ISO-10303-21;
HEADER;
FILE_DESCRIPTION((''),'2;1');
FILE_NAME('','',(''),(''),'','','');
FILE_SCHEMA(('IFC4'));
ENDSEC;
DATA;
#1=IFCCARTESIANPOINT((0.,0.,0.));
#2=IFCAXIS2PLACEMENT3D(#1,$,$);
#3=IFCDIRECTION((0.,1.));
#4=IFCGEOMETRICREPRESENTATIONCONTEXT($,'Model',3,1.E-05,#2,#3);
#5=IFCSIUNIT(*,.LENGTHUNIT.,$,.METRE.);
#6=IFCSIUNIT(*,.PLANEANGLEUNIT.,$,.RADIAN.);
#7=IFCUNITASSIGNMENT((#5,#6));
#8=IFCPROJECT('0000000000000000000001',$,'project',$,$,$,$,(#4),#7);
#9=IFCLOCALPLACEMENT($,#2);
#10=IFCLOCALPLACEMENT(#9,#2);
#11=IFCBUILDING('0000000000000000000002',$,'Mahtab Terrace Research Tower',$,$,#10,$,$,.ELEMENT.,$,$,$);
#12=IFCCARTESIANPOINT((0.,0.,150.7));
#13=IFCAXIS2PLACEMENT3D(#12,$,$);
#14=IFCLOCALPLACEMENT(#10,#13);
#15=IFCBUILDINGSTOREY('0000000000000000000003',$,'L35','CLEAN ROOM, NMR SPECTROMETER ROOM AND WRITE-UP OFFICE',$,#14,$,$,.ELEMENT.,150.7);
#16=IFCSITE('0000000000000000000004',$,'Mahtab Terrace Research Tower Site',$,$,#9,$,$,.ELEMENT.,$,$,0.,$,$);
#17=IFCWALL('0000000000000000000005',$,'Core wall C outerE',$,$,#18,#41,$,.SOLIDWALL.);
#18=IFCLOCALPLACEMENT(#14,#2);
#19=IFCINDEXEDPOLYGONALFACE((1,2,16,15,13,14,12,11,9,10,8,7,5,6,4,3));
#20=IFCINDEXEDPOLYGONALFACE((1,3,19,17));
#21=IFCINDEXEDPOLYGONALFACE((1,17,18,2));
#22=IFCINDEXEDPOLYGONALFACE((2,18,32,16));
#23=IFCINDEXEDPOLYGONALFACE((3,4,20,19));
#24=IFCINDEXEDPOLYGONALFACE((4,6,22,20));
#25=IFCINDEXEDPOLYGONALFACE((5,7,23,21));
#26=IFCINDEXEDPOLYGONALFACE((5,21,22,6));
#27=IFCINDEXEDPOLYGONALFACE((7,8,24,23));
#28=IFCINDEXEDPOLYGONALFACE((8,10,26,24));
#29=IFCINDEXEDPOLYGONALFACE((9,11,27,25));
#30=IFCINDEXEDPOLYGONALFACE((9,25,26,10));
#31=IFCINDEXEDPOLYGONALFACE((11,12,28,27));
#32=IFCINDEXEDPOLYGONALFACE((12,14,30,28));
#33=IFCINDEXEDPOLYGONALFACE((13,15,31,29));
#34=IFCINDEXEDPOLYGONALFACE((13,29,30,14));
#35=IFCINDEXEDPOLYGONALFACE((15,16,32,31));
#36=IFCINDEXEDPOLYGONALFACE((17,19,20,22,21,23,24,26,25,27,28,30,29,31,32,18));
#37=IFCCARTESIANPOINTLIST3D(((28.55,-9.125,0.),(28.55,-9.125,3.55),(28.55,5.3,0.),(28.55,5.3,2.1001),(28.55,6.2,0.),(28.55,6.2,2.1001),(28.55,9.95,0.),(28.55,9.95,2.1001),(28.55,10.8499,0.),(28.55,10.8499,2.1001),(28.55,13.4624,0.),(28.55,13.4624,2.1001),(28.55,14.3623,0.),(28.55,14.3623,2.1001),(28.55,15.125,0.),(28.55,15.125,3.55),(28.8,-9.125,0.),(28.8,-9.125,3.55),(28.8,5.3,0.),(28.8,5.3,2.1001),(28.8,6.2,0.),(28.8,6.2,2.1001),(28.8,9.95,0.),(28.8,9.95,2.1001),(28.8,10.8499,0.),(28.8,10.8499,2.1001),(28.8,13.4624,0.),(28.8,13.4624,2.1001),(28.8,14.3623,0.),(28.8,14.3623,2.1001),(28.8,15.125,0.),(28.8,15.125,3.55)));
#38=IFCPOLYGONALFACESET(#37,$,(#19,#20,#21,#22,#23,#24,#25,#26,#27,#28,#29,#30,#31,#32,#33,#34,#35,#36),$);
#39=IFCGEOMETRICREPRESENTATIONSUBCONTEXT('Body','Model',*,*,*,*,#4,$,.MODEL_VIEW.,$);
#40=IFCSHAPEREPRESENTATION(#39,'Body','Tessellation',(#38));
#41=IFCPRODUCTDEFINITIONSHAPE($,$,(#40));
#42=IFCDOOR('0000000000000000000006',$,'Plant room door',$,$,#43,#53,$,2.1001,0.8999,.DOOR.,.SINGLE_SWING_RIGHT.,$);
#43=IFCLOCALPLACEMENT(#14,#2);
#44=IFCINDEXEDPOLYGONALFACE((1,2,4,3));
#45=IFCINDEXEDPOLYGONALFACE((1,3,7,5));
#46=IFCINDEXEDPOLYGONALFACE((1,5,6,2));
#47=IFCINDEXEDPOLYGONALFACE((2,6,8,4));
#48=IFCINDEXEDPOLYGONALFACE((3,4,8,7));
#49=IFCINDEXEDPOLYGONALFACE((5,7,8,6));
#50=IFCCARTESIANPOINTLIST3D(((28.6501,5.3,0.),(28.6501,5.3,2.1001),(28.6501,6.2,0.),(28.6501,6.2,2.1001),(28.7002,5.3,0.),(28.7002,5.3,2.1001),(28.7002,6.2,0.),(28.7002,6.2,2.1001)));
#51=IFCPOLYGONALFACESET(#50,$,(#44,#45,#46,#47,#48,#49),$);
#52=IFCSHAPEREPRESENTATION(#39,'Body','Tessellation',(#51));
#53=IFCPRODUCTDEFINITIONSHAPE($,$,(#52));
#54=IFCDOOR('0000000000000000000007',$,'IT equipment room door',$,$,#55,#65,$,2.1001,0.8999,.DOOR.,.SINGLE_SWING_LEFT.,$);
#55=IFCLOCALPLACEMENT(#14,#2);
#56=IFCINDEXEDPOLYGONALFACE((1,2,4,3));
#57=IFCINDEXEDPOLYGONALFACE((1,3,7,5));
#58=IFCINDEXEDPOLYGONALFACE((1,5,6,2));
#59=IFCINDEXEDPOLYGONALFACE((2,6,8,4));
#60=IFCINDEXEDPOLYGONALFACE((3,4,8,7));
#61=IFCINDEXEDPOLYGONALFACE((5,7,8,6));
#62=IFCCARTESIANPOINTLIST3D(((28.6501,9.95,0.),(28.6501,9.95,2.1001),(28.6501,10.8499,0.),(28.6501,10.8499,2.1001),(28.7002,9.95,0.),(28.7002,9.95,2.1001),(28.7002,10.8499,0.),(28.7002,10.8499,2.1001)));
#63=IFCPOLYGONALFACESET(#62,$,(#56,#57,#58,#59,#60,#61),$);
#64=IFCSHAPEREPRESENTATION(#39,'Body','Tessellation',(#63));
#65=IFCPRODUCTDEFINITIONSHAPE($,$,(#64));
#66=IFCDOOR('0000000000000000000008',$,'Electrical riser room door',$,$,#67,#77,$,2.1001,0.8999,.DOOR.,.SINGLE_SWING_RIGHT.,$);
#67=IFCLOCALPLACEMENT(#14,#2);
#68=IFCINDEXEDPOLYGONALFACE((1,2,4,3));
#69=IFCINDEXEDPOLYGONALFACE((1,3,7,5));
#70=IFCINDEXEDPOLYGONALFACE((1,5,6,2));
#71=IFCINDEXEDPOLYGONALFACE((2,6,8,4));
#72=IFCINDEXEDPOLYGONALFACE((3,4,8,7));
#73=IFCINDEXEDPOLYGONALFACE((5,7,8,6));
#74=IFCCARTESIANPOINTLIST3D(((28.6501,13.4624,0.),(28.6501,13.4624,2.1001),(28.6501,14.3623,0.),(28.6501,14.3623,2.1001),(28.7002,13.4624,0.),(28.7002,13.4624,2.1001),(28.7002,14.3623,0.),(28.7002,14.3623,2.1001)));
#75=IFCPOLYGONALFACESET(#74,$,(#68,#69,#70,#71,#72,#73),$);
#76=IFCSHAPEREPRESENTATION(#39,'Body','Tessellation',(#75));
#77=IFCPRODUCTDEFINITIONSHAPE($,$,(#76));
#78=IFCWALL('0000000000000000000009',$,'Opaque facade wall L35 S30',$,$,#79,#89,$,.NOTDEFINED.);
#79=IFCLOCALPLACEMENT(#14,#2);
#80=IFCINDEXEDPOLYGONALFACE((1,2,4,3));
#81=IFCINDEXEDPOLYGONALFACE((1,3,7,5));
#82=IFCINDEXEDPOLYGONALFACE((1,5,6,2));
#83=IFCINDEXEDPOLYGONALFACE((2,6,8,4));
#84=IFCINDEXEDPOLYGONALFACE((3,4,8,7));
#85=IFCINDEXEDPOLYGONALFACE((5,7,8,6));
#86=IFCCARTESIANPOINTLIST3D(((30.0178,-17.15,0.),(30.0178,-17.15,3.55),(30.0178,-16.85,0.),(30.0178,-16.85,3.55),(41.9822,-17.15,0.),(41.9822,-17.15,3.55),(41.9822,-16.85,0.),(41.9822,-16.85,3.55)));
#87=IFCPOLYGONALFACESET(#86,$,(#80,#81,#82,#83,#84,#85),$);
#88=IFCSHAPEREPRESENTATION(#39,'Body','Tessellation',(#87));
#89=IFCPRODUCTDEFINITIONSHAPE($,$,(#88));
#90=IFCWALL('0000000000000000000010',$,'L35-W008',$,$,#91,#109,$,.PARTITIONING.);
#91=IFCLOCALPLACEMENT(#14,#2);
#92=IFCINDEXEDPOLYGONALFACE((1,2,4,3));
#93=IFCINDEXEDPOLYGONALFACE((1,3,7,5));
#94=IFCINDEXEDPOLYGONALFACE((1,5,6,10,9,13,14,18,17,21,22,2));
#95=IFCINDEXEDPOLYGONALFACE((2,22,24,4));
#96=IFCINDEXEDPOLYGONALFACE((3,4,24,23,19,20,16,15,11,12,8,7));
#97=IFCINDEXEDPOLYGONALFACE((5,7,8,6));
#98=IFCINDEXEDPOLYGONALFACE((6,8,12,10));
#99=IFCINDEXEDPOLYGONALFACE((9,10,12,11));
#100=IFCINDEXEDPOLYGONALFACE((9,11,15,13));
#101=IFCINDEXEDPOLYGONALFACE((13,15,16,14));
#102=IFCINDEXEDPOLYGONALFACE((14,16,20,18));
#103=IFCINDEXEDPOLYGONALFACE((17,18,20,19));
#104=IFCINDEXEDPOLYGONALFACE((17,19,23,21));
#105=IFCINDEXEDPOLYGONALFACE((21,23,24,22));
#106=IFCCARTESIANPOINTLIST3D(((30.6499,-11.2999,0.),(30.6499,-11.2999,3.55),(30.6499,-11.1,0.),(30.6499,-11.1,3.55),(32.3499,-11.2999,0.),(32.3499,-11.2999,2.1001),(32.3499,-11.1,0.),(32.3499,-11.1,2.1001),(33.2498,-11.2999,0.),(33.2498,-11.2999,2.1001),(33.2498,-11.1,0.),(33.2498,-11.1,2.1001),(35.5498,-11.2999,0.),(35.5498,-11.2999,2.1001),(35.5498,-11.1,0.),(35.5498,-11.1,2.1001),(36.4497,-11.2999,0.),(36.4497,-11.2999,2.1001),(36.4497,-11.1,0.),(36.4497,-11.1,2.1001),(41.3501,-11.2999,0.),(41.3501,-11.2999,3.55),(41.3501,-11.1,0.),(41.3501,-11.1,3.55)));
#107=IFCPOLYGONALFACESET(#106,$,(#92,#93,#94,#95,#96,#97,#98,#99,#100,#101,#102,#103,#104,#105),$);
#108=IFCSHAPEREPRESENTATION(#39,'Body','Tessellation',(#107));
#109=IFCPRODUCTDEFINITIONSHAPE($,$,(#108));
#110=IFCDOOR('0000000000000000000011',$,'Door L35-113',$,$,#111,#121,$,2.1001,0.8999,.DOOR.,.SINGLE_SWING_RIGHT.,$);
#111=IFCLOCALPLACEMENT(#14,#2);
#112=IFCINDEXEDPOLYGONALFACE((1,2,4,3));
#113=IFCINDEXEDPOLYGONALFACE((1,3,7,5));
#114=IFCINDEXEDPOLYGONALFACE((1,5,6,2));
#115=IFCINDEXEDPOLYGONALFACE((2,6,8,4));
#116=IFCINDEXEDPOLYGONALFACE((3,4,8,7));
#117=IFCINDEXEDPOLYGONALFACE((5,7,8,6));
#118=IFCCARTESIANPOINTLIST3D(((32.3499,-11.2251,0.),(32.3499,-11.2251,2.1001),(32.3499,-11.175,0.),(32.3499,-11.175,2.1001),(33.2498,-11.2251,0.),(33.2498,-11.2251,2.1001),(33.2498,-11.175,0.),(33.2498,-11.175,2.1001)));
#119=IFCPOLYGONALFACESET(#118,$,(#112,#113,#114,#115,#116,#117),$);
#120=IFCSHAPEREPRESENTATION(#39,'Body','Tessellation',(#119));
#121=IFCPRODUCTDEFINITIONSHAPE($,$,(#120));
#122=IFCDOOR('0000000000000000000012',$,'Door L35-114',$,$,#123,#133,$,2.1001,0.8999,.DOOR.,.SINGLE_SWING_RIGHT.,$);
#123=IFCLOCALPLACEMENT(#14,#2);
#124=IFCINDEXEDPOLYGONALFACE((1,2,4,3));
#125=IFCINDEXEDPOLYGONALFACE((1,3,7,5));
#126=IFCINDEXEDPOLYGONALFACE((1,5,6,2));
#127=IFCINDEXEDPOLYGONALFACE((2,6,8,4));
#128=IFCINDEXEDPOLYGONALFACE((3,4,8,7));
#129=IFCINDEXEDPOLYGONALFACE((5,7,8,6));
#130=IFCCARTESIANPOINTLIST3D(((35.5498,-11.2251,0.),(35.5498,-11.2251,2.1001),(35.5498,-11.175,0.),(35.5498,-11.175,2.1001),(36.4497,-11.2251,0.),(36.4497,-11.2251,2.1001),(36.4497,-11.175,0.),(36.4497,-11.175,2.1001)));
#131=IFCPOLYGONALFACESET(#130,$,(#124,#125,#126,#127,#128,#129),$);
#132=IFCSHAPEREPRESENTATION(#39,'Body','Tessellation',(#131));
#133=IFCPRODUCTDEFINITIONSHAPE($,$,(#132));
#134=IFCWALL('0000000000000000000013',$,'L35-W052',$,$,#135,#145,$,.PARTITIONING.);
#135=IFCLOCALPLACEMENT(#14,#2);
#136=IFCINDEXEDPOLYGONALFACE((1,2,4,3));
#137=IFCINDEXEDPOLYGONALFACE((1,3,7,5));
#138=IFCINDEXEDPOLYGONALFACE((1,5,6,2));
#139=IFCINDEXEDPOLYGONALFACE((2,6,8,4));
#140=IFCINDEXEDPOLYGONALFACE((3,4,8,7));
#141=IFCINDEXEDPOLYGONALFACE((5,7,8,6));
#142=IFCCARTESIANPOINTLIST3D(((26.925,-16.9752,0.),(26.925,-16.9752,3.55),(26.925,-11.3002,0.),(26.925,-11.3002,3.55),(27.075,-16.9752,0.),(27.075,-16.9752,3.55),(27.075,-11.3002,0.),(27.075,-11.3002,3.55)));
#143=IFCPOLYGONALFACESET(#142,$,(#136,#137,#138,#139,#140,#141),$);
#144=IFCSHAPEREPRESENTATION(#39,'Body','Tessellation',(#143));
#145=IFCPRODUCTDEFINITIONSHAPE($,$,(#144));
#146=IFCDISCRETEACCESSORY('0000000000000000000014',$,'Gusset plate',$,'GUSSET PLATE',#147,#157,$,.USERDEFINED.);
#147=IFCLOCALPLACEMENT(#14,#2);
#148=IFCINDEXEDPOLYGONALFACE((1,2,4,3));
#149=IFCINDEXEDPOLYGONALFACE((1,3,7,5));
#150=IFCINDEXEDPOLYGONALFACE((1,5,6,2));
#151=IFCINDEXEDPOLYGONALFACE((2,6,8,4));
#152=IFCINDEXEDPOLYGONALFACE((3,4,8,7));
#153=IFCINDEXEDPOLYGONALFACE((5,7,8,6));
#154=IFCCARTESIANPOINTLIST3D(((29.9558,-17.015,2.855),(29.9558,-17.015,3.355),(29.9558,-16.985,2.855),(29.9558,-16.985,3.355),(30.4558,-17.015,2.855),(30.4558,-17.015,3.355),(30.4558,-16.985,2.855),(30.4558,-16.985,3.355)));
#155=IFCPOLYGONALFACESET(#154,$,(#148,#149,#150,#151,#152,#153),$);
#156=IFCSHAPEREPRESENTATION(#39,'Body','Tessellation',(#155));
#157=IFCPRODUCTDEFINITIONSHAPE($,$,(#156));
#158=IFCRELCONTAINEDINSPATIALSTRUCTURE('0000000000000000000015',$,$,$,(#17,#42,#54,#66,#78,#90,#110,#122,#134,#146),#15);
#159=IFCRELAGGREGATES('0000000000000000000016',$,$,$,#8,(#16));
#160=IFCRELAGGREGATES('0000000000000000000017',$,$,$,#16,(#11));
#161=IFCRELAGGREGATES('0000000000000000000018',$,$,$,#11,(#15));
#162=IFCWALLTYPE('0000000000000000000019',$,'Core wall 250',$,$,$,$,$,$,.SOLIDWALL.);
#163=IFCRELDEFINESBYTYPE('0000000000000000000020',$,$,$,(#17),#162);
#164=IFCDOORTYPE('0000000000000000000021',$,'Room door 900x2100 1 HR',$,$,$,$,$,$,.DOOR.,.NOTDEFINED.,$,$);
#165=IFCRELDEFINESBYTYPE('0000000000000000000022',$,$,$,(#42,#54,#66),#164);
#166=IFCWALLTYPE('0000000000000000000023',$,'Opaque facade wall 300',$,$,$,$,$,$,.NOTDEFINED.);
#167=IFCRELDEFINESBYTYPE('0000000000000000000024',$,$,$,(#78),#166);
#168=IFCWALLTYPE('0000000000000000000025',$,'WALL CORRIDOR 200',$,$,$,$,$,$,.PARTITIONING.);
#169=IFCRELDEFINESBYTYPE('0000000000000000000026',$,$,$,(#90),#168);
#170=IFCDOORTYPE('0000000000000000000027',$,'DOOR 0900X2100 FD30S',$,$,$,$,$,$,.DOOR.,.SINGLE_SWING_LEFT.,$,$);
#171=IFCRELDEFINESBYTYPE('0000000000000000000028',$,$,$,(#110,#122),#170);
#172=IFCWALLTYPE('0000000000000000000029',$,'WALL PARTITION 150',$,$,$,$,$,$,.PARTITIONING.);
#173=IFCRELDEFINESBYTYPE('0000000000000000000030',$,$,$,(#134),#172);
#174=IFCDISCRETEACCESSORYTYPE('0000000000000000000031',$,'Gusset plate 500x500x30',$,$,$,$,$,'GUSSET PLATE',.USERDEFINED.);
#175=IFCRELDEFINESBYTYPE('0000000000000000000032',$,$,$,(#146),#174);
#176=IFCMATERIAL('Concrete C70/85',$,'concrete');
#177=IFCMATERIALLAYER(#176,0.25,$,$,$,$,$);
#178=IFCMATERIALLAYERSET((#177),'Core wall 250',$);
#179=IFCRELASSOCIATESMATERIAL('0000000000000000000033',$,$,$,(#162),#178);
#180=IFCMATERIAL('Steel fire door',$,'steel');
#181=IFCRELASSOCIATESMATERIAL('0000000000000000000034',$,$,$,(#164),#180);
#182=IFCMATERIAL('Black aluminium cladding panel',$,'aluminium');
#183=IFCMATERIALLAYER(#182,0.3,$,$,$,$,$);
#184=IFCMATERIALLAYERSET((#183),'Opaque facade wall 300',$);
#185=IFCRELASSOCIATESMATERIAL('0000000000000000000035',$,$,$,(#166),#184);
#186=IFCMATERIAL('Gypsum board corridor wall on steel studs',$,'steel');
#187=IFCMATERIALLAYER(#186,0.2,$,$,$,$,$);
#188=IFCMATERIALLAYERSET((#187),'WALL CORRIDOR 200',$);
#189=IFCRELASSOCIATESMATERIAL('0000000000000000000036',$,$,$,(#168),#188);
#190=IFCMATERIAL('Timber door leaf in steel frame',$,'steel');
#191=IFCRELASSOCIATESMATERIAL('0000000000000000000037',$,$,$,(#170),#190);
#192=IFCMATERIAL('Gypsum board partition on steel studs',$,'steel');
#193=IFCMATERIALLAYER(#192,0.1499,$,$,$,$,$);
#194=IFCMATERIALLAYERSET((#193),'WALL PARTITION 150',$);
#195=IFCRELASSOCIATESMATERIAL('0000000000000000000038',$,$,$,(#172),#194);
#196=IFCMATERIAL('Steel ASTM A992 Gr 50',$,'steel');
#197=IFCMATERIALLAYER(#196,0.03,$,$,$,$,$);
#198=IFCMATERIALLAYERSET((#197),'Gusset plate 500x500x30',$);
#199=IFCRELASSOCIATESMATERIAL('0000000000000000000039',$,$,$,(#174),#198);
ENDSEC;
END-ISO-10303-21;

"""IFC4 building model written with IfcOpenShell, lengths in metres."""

from ifc_helpers import new_model, si_unit, direction, frame, frame_2d, origin, origin_2d, place, context, subcontext, project, spatial, rectangle, extrude, material, layer, layer_set, type_object, element, fill, save


model = new_model("IFC4")

# Units and contexts
model_context = context("Model", 3, precision=1e-05, world=origin(), true_north=direction((0.0, 1.0)))
body_context = subcontext(model_context, "Body", "Model", "MODEL_VIEW")
ifc_project = project(units=[si_unit("LENGTHUNIT", "METRE"), si_unit("PLANEANGLEUNIT", "RADIAN")], contexts=[model_context])

# Site, building, storey
site_placement = place(None, origin())
site = spatial("IfcSite", under=ifc_project, at=site_placement, Name="Mahtab Terrace Research Tower Site", CompositionType="ELEMENT", RefElevation=0.0)
building_placement = place(site_placement, origin())
building = spatial("IfcBuilding", under=site, at=building_placement, Name="Mahtab Terrace Research Tower", CompositionType="ELEMENT")
storey_placement = place(building_placement, frame((0.0, 0.0, 150.7)))
storey = spatial("IfcBuildingStorey", under=building, at=storey_placement, Name="L35", Description="CLEAN ROOM, NMR SPECTROMETER ROOM AND WRITE-UP OFFICE", CompositionType="ELEMENT", Elevation=150.7)

# Shared definitions
ifc_material_1 = material(Name="Concrete C70/85", Category="concrete")
ifc_material_2 = material(Name="Steel ASTM A992 Gr 50", Category="steel")

# Wall, openings, doors
ifc_layer_1 = layer(ifc_material_1, 0.25)
ifc_layer_set_1 = layer_set([ifc_layer_1], Name="Core wall 250")
wall_type_1 = type_object("IfcWallType", Name="Core wall 250", PredefinedType="SOLIDWALL", material=ifc_layer_set_1)
wall_1_placement = place(storey_placement, frame((28.675, -9.125, 0.0), z_axis=(0.0, 0.0, 1.0), x_axis=(0.0, 1.0, 0.0)))
wall_1 = element("IfcWall", 1, at=wall_1_placement, inside=storey, type_object=wall_type_1, Name="Core wall C outerE", PredefinedType="SOLIDWALL", context=body_context, shape_type="SweptSolid", body=[
    extrude(rectangle(XDim=24.25, YDim=0.25, at=frame_2d((12.125, 0.0))), origin(), (0.0, 0.0, 1.0), 3.55),
])
opening_1_placement = place(wall_1_placement, frame((14.425, 0.0, 0.0)))
opening_1 = element("IfcOpeningElement", 2, at=opening_1_placement, cuts=wall_1, PredefinedType="OPENING", context=body_context, shape_type="SweptSolid", body=[
    extrude(rectangle(XDim=0.8999, YDim=2.1001, at=frame_2d((0.45, 1.05))), frame((0.0, 0.135, 0.0), z_axis=(0.0, -1.0, 0.0), x_axis=(1.0, 0.0, 0.0)), (0.0, 0.0, 1.0), 0.27),
])
opening_2_placement = place(wall_1_placement, frame((19.075, 0.0, 0.0)))
opening_2 = element("IfcOpeningElement", 3, at=opening_2_placement, cuts=wall_1, PredefinedType="OPENING", context=body_context, shape_type="SweptSolid", body=[
    extrude(rectangle(XDim=0.8999, YDim=2.1001, at=frame_2d((0.45, 1.05))), frame((0.0, 0.135, 0.0), z_axis=(0.0, -1.0, 0.0), x_axis=(1.0, 0.0, 0.0)), (0.0, 0.0, 1.0), 0.27),
])
opening_3_placement = place(wall_1_placement, frame((22.5874, 0.0, 0.0)))
opening_3 = element("IfcOpeningElement", 4, at=opening_3_placement, cuts=wall_1, PredefinedType="OPENING", context=body_context, shape_type="SweptSolid", body=[
    extrude(rectangle(XDim=0.8999, YDim=2.1001, at=frame_2d((0.45, 1.05))), frame((0.0, 0.135, 0.0), z_axis=(0.0, -1.0, 0.0), x_axis=(1.0, 0.0, 0.0)), (0.0, 0.0, 1.0), 0.27),
])
ifc_material_3 = material(Name="Steel fire door", Category="steel")
door_type_1 = type_object("IfcDoorType", Name="Room door 900x2100 1 HR", OperationType="NOTDEFINED", PredefinedType="DOOR", material=ifc_material_3)
door_1_placement = place(opening_1_placement, origin())
door_1 = element("IfcDoor", 5, at=door_1_placement, inside=storey, type_object=door_type_1, Name="Plant room door", OperationType="SINGLE_SWING_RIGHT", OverallHeight=2.1001, OverallWidth=0.8999, PredefinedType="DOOR", context=body_context, shape_type="SweptSolid", body=[
    extrude(rectangle(XDim=0.8999, YDim=2.1001, at=frame_2d((0.45, 1.05))), frame((0.0, 0.0249, 0.0), z_axis=(0.0, -1.0, 0.0), x_axis=(1.0, 0.0, 0.0)), (0.0, 0.0, 1.0), 0.05),
])
fill(opening_1, door_1)
door_2_placement = place(opening_2_placement, origin())
door_2 = element("IfcDoor", 6, at=door_2_placement, inside=storey, type_object=door_type_1, Name="IT equipment room door", OperationType="SINGLE_SWING_LEFT", OverallHeight=2.1001, OverallWidth=0.8999, PredefinedType="DOOR", context=body_context, shape_type="SweptSolid", body=[
    extrude(rectangle(XDim=0.8999, YDim=2.1001, at=frame_2d((0.45, 1.05))), frame((0.0, 0.0249, 0.0), z_axis=(0.0, -1.0, 0.0), x_axis=(1.0, 0.0, 0.0)), (0.0, 0.0, 1.0), 0.05),
])
fill(opening_2, door_2)
door_3_placement = place(opening_3_placement, origin())
door_3 = element("IfcDoor", 7, at=door_3_placement, inside=storey, type_object=door_type_1, Name="Electrical riser room door", OperationType="SINGLE_SWING_RIGHT", OverallHeight=2.1001, OverallWidth=0.8999, PredefinedType="DOOR", context=body_context, shape_type="SweptSolid", body=[
    extrude(rectangle(XDim=0.8999, YDim=2.1001, at=frame_2d((0.45, 1.05))), frame((0.0, 0.0249, 0.0), z_axis=(0.0, -1.0, 0.0), x_axis=(1.0, 0.0, 0.0)), (0.0, 0.0, 1.0), 0.05),
])
fill(opening_3, door_3)

# Wall
ifc_material_4 = material(Name="Black aluminium cladding panel", Category="aluminium")
ifc_layer_2 = layer(ifc_material_4, 0.3)
ifc_layer_set_2 = layer_set([ifc_layer_2], Name="Opaque facade wall 300")
wall_type_2 = type_object("IfcWallType", Name="Opaque facade wall 300", PredefinedType="NOTDEFINED", material=ifc_layer_set_2)
wall_2_placement = place(storey_placement, frame((30.0178, -17.0, 0.0), z_axis=(0.0, 0.0, 1.0), x_axis=(1.0, 0.0, 0.0)))
element("IfcWall", 8, at=wall_2_placement, inside=storey, type_object=wall_type_2, Name="Opaque facade wall L35 S30", PredefinedType="NOTDEFINED", context=body_context, shape_type="SweptSolid", body=[
    extrude(rectangle(XDim=11.9644, YDim=0.3, at=frame_2d((5.9822, 0.0))), origin(), (0.0, 0.0, 1.0), 3.55),
])

# Wall, openings, doors
ifc_material_5 = material(Name="Gypsum board corridor wall on steel studs", Category="steel")
ifc_layer_3 = layer(ifc_material_5, 0.2)
ifc_layer_set_3 = layer_set([ifc_layer_3], Name="WALL CORRIDOR 200")
wall_type_3 = type_object("IfcWallType", Name="WALL CORRIDOR 200", PredefinedType="PARTITIONING", material=ifc_layer_set_3)
wall_3_placement = place(storey_placement, frame((30.6499, -11.2, 0.0), z_axis=(0.0, 0.0, 1.0), x_axis=(1.0, 0.0, 0.0)))
wall_3 = element("IfcWall", 9, at=wall_3_placement, inside=storey, type_object=wall_type_3, Name="L35-W008", PredefinedType="PARTITIONING", context=body_context, shape_type="SweptSolid", body=[
    extrude(rectangle(XDim=10.7002, YDim=0.2, at=frame_2d((5.3501, 0.0))), origin(), (0.0, 0.0, 1.0), 3.55),
])
opening_4_placement = place(wall_3_placement, frame((1.7, 0.0, 0.0)))
opening_4 = element("IfcOpeningElement", 10, at=opening_4_placement, cuts=wall_3, PredefinedType="OPENING", context=body_context, shape_type="SweptSolid", body=[
    extrude(rectangle(XDim=0.8999, YDim=2.1001, at=frame_2d((0.45, 1.05))), frame((0.0, 0.1099, 0.0), z_axis=(0.0, -1.0, 0.0), x_axis=(1.0, 0.0, 0.0)), (0.0, 0.0, 1.0), 0.22),
])
opening_5_placement = place(wall_3_placement, frame((4.8999, 0.0, 0.0)))
opening_5 = element("IfcOpeningElement", 11, at=opening_5_placement, cuts=wall_3, PredefinedType="OPENING", context=body_context, shape_type="SweptSolid", body=[
    extrude(rectangle(XDim=0.8999, YDim=2.1001, at=frame_2d((0.45, 1.05))), frame((0.0, 0.1099, 0.0), z_axis=(0.0, -1.0, 0.0), x_axis=(1.0, 0.0, 0.0)), (0.0, 0.0, 1.0), 0.22),
])
ifc_material_6 = material(Name="Timber door leaf in steel frame", Category="steel")
door_type_2 = type_object("IfcDoorType", Name="DOOR 0900X2100 FD30S", OperationType="SINGLE_SWING_LEFT", PredefinedType="DOOR", material=ifc_material_6)
door_4_placement = place(opening_4_placement, origin())
door_4 = element("IfcDoor", 12, at=door_4_placement, inside=storey, type_object=door_type_2, Name="Door L35-113", OperationType="SINGLE_SWING_RIGHT", OverallHeight=2.1001, OverallWidth=0.8999, PredefinedType="DOOR", context=body_context, shape_type="SweptSolid", body=[
    extrude(rectangle(XDim=0.8999, YDim=2.1001, at=frame_2d((0.45, 1.05))), frame((0.0, 0.0249, 0.0), z_axis=(0.0, -1.0, 0.0), x_axis=(1.0, 0.0, 0.0)), (0.0, 0.0, 1.0), 0.05),
])
fill(opening_4, door_4)
door_5_placement = place(opening_5_placement, origin())
door_5 = element("IfcDoor", 13, at=door_5_placement, inside=storey, type_object=door_type_2, Name="Door L35-114", OperationType="SINGLE_SWING_RIGHT", OverallHeight=2.1001, OverallWidth=0.8999, PredefinedType="DOOR", context=body_context, shape_type="SweptSolid", body=[
    extrude(rectangle(XDim=0.8999, YDim=2.1001, at=frame_2d((0.45, 1.05))), frame((0.0, 0.0249, 0.0), z_axis=(0.0, -1.0, 0.0), x_axis=(1.0, 0.0, 0.0)), (0.0, 0.0, 1.0), 0.05),
])
fill(opening_5, door_5)

# Wall
ifc_material_7 = material(Name="Gypsum board partition on steel studs", Category="steel")
ifc_layer_4 = layer(ifc_material_7, 0.1499)
ifc_layer_set_4 = layer_set([ifc_layer_4], Name="WALL PARTITION 150")
wall_type_4 = type_object("IfcWallType", Name="WALL PARTITION 150", PredefinedType="PARTITIONING", material=ifc_layer_set_4)
wall_4_placement = place(storey_placement, frame((27.0, -16.9751, 0.0), z_axis=(0.0, 0.0, 1.0), x_axis=(0.0, 1.0, 0.0)))
element("IfcWall", 14, at=wall_4_placement, inside=storey, type_object=wall_type_4, Name="L35-W052", PredefinedType="PARTITIONING", context=body_context, shape_type="SweptSolid", body=[
    extrude(rectangle(XDim=5.675, YDim=0.1499, at=frame_2d((2.8374, 0.0))), origin(), (0.0, 0.0, 1.0), 3.55),
])

# Discrete accessory
ifc_layer_5 = layer(ifc_material_2, 0.03)
ifc_layer_set_5 = layer_set([ifc_layer_5], Name="Gusset plate 500x500x30")
discrete_accessory_type = type_object("IfcDiscreteAccessoryType", Name="Gusset plate 500x500x30", ElementType="GUSSET PLATE", PredefinedType="USERDEFINED", material=ifc_layer_set_5)
discrete_accessory_placement = place(storey_placement, frame((30.2058, -17.0, 2.855), z_axis=(0.0, 0.0, 1.0), x_axis=(1.0, 0.0, 0.0)))
element("IfcDiscreteAccessory", 15, at=discrete_accessory_placement, inside=storey, type_object=discrete_accessory_type, Name="Gusset plate", ObjectType="GUSSET PLATE", PredefinedType="USERDEFINED", context=body_context, shape_type="SweptSolid", body=[
    extrude(rectangle(XDim=0.5, YDim=0.03, at=origin_2d()), origin(), (0.0, 0.0, 1.0), 0.5),
])

save(model, "model.ifc")
